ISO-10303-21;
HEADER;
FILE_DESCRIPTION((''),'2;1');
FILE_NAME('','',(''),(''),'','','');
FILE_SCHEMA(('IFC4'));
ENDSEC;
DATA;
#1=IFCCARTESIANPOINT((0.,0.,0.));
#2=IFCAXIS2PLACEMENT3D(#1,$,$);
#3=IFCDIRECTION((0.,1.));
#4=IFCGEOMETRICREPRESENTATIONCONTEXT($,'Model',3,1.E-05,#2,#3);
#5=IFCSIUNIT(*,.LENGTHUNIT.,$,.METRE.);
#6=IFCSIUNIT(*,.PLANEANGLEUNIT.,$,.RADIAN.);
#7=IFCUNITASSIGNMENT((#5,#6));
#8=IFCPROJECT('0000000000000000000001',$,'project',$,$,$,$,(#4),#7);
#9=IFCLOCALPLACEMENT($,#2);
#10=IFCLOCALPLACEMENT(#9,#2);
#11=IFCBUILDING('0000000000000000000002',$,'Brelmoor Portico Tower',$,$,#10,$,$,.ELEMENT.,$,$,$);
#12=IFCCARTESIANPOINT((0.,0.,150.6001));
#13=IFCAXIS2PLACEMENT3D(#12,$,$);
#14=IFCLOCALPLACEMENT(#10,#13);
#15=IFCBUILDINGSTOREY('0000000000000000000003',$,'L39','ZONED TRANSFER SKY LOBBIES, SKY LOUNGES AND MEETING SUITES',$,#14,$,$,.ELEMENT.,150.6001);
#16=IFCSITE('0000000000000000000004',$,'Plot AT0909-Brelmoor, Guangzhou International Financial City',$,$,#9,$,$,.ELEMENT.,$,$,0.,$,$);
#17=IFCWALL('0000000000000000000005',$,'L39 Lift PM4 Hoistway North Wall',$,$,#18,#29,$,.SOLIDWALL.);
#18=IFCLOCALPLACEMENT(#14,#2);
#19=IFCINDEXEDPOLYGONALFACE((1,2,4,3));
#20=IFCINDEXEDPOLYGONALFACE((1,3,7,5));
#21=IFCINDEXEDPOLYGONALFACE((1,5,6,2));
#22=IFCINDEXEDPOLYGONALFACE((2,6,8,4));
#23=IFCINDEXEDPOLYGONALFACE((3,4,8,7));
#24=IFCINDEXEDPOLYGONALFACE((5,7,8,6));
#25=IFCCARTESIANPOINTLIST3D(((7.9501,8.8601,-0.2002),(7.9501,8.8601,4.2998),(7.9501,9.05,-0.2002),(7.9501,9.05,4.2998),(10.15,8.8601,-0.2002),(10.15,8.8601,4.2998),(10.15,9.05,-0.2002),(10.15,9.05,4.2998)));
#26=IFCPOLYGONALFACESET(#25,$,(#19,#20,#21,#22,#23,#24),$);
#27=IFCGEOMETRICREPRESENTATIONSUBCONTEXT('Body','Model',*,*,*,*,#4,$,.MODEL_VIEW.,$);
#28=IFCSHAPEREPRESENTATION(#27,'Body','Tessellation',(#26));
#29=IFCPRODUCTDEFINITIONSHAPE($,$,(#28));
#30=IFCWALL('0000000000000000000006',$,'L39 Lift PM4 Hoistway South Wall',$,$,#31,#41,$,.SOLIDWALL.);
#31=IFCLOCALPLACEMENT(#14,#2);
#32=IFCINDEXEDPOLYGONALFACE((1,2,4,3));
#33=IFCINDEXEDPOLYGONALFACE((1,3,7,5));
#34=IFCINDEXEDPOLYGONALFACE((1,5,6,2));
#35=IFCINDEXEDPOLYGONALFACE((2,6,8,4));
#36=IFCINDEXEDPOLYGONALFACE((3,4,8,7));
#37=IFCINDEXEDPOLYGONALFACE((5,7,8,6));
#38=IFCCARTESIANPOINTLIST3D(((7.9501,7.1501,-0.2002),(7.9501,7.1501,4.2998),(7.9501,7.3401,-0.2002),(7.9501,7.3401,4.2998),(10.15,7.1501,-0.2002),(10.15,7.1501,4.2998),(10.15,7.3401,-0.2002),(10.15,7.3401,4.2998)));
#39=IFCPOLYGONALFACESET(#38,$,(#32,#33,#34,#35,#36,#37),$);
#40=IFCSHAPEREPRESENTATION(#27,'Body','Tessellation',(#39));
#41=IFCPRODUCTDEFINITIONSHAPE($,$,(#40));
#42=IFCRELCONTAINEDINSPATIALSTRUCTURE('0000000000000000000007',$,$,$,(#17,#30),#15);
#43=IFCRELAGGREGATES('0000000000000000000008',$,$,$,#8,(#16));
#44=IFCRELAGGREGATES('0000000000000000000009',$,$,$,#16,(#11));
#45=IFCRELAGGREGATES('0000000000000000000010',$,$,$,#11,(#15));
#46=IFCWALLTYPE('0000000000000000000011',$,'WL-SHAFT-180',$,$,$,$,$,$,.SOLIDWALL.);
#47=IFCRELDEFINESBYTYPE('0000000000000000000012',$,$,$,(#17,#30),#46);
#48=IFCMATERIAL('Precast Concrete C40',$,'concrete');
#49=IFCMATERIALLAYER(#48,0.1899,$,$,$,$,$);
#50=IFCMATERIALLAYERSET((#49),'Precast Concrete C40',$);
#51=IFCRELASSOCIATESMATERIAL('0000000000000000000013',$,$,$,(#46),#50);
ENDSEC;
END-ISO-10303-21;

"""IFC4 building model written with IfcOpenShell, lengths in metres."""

from ifc_helpers import new_model, si_unit, direction, frame, frame_2d, origin, place, context, subcontext, project, spatial, rectangle, extrude, material, layer, layer_set, type_object, element, save


model = new_model("IFC4")

# Units and contexts
model_context = context("Model", 3, precision=1e-05, world=origin(), true_north=direction((0.0, 1.0)))
body_context = subcontext(model_context, "Body", "Model", "MODEL_VIEW")
ifc_project = project(units=[si_unit("LENGTHUNIT", "METRE"), si_unit("PLANEANGLEUNIT", "RADIAN")], contexts=[model_context])

# Site, building, storey
site_placement = place(None, origin())
site = spatial("IfcSite", under=ifc_project, at=site_placement, Name="Plot AT0909-Brelmoor, Guangzhou International Financial City", CompositionType="ELEMENT", RefElevation=0.0)
building_placement = place(site_placement, origin())
building = spatial("IfcBuilding", under=site, at=building_placement, Name="Brelmoor Portico Tower", CompositionType="ELEMENT")
storey_placement = place(building_placement, frame((0.0, 0.0, 150.6001)))
storey = spatial("IfcBuildingStorey", under=building, at=storey_placement, Name="L39", Description="ZONED TRANSFER SKY LOBBIES, SKY LOUNGES AND MEETING SUITES", CompositionType="ELEMENT", Elevation=150.6001)

# Shared definitions
ifc_material_1 = material(Name="Precast Concrete C40", Category="concrete")
ifc_layer_1 = layer(ifc_material_1, 0.1899)
ifc_layer_set_1 = layer_set([ifc_layer_1], Name="Precast Concrete C40")
wall_type_1 = type_object("IfcWallType", Name="WL-SHAFT-180", PredefinedType="SOLIDWALL", material=ifc_layer_set_1)

# Walls
for number, where, z_axis, x_axis, name in (
    (1, (7.95, 8.9551, -0.2002), (0.0, 0.0, 1.0), (1.0, 0.0, 0.0), "L39 Lift PM4 Hoistway North Wall"),
    (2, (7.95, 7.2451, -0.2002), (0.0, 0.0, 1.0), (1.0, 0.0, 0.0), "L39 Lift PM4 Hoistway South Wall"),
):
    element("IfcWall", number, at=place(storey_placement, frame(where, z_axis=z_axis, x_axis=x_axis)), inside=storey, type_object=wall_type_1, Name=name, PredefinedType="SOLIDWALL", context=body_context, shape_type="SweptSolid", body=[
        extrude(rectangle(XDim=2.2, YDim=0.1899, at=frame_2d((1.1001, 0.0))), origin(), (0.0, 0.0, 1.0), 4.5),
    ])

save(model, "model.ifc")
